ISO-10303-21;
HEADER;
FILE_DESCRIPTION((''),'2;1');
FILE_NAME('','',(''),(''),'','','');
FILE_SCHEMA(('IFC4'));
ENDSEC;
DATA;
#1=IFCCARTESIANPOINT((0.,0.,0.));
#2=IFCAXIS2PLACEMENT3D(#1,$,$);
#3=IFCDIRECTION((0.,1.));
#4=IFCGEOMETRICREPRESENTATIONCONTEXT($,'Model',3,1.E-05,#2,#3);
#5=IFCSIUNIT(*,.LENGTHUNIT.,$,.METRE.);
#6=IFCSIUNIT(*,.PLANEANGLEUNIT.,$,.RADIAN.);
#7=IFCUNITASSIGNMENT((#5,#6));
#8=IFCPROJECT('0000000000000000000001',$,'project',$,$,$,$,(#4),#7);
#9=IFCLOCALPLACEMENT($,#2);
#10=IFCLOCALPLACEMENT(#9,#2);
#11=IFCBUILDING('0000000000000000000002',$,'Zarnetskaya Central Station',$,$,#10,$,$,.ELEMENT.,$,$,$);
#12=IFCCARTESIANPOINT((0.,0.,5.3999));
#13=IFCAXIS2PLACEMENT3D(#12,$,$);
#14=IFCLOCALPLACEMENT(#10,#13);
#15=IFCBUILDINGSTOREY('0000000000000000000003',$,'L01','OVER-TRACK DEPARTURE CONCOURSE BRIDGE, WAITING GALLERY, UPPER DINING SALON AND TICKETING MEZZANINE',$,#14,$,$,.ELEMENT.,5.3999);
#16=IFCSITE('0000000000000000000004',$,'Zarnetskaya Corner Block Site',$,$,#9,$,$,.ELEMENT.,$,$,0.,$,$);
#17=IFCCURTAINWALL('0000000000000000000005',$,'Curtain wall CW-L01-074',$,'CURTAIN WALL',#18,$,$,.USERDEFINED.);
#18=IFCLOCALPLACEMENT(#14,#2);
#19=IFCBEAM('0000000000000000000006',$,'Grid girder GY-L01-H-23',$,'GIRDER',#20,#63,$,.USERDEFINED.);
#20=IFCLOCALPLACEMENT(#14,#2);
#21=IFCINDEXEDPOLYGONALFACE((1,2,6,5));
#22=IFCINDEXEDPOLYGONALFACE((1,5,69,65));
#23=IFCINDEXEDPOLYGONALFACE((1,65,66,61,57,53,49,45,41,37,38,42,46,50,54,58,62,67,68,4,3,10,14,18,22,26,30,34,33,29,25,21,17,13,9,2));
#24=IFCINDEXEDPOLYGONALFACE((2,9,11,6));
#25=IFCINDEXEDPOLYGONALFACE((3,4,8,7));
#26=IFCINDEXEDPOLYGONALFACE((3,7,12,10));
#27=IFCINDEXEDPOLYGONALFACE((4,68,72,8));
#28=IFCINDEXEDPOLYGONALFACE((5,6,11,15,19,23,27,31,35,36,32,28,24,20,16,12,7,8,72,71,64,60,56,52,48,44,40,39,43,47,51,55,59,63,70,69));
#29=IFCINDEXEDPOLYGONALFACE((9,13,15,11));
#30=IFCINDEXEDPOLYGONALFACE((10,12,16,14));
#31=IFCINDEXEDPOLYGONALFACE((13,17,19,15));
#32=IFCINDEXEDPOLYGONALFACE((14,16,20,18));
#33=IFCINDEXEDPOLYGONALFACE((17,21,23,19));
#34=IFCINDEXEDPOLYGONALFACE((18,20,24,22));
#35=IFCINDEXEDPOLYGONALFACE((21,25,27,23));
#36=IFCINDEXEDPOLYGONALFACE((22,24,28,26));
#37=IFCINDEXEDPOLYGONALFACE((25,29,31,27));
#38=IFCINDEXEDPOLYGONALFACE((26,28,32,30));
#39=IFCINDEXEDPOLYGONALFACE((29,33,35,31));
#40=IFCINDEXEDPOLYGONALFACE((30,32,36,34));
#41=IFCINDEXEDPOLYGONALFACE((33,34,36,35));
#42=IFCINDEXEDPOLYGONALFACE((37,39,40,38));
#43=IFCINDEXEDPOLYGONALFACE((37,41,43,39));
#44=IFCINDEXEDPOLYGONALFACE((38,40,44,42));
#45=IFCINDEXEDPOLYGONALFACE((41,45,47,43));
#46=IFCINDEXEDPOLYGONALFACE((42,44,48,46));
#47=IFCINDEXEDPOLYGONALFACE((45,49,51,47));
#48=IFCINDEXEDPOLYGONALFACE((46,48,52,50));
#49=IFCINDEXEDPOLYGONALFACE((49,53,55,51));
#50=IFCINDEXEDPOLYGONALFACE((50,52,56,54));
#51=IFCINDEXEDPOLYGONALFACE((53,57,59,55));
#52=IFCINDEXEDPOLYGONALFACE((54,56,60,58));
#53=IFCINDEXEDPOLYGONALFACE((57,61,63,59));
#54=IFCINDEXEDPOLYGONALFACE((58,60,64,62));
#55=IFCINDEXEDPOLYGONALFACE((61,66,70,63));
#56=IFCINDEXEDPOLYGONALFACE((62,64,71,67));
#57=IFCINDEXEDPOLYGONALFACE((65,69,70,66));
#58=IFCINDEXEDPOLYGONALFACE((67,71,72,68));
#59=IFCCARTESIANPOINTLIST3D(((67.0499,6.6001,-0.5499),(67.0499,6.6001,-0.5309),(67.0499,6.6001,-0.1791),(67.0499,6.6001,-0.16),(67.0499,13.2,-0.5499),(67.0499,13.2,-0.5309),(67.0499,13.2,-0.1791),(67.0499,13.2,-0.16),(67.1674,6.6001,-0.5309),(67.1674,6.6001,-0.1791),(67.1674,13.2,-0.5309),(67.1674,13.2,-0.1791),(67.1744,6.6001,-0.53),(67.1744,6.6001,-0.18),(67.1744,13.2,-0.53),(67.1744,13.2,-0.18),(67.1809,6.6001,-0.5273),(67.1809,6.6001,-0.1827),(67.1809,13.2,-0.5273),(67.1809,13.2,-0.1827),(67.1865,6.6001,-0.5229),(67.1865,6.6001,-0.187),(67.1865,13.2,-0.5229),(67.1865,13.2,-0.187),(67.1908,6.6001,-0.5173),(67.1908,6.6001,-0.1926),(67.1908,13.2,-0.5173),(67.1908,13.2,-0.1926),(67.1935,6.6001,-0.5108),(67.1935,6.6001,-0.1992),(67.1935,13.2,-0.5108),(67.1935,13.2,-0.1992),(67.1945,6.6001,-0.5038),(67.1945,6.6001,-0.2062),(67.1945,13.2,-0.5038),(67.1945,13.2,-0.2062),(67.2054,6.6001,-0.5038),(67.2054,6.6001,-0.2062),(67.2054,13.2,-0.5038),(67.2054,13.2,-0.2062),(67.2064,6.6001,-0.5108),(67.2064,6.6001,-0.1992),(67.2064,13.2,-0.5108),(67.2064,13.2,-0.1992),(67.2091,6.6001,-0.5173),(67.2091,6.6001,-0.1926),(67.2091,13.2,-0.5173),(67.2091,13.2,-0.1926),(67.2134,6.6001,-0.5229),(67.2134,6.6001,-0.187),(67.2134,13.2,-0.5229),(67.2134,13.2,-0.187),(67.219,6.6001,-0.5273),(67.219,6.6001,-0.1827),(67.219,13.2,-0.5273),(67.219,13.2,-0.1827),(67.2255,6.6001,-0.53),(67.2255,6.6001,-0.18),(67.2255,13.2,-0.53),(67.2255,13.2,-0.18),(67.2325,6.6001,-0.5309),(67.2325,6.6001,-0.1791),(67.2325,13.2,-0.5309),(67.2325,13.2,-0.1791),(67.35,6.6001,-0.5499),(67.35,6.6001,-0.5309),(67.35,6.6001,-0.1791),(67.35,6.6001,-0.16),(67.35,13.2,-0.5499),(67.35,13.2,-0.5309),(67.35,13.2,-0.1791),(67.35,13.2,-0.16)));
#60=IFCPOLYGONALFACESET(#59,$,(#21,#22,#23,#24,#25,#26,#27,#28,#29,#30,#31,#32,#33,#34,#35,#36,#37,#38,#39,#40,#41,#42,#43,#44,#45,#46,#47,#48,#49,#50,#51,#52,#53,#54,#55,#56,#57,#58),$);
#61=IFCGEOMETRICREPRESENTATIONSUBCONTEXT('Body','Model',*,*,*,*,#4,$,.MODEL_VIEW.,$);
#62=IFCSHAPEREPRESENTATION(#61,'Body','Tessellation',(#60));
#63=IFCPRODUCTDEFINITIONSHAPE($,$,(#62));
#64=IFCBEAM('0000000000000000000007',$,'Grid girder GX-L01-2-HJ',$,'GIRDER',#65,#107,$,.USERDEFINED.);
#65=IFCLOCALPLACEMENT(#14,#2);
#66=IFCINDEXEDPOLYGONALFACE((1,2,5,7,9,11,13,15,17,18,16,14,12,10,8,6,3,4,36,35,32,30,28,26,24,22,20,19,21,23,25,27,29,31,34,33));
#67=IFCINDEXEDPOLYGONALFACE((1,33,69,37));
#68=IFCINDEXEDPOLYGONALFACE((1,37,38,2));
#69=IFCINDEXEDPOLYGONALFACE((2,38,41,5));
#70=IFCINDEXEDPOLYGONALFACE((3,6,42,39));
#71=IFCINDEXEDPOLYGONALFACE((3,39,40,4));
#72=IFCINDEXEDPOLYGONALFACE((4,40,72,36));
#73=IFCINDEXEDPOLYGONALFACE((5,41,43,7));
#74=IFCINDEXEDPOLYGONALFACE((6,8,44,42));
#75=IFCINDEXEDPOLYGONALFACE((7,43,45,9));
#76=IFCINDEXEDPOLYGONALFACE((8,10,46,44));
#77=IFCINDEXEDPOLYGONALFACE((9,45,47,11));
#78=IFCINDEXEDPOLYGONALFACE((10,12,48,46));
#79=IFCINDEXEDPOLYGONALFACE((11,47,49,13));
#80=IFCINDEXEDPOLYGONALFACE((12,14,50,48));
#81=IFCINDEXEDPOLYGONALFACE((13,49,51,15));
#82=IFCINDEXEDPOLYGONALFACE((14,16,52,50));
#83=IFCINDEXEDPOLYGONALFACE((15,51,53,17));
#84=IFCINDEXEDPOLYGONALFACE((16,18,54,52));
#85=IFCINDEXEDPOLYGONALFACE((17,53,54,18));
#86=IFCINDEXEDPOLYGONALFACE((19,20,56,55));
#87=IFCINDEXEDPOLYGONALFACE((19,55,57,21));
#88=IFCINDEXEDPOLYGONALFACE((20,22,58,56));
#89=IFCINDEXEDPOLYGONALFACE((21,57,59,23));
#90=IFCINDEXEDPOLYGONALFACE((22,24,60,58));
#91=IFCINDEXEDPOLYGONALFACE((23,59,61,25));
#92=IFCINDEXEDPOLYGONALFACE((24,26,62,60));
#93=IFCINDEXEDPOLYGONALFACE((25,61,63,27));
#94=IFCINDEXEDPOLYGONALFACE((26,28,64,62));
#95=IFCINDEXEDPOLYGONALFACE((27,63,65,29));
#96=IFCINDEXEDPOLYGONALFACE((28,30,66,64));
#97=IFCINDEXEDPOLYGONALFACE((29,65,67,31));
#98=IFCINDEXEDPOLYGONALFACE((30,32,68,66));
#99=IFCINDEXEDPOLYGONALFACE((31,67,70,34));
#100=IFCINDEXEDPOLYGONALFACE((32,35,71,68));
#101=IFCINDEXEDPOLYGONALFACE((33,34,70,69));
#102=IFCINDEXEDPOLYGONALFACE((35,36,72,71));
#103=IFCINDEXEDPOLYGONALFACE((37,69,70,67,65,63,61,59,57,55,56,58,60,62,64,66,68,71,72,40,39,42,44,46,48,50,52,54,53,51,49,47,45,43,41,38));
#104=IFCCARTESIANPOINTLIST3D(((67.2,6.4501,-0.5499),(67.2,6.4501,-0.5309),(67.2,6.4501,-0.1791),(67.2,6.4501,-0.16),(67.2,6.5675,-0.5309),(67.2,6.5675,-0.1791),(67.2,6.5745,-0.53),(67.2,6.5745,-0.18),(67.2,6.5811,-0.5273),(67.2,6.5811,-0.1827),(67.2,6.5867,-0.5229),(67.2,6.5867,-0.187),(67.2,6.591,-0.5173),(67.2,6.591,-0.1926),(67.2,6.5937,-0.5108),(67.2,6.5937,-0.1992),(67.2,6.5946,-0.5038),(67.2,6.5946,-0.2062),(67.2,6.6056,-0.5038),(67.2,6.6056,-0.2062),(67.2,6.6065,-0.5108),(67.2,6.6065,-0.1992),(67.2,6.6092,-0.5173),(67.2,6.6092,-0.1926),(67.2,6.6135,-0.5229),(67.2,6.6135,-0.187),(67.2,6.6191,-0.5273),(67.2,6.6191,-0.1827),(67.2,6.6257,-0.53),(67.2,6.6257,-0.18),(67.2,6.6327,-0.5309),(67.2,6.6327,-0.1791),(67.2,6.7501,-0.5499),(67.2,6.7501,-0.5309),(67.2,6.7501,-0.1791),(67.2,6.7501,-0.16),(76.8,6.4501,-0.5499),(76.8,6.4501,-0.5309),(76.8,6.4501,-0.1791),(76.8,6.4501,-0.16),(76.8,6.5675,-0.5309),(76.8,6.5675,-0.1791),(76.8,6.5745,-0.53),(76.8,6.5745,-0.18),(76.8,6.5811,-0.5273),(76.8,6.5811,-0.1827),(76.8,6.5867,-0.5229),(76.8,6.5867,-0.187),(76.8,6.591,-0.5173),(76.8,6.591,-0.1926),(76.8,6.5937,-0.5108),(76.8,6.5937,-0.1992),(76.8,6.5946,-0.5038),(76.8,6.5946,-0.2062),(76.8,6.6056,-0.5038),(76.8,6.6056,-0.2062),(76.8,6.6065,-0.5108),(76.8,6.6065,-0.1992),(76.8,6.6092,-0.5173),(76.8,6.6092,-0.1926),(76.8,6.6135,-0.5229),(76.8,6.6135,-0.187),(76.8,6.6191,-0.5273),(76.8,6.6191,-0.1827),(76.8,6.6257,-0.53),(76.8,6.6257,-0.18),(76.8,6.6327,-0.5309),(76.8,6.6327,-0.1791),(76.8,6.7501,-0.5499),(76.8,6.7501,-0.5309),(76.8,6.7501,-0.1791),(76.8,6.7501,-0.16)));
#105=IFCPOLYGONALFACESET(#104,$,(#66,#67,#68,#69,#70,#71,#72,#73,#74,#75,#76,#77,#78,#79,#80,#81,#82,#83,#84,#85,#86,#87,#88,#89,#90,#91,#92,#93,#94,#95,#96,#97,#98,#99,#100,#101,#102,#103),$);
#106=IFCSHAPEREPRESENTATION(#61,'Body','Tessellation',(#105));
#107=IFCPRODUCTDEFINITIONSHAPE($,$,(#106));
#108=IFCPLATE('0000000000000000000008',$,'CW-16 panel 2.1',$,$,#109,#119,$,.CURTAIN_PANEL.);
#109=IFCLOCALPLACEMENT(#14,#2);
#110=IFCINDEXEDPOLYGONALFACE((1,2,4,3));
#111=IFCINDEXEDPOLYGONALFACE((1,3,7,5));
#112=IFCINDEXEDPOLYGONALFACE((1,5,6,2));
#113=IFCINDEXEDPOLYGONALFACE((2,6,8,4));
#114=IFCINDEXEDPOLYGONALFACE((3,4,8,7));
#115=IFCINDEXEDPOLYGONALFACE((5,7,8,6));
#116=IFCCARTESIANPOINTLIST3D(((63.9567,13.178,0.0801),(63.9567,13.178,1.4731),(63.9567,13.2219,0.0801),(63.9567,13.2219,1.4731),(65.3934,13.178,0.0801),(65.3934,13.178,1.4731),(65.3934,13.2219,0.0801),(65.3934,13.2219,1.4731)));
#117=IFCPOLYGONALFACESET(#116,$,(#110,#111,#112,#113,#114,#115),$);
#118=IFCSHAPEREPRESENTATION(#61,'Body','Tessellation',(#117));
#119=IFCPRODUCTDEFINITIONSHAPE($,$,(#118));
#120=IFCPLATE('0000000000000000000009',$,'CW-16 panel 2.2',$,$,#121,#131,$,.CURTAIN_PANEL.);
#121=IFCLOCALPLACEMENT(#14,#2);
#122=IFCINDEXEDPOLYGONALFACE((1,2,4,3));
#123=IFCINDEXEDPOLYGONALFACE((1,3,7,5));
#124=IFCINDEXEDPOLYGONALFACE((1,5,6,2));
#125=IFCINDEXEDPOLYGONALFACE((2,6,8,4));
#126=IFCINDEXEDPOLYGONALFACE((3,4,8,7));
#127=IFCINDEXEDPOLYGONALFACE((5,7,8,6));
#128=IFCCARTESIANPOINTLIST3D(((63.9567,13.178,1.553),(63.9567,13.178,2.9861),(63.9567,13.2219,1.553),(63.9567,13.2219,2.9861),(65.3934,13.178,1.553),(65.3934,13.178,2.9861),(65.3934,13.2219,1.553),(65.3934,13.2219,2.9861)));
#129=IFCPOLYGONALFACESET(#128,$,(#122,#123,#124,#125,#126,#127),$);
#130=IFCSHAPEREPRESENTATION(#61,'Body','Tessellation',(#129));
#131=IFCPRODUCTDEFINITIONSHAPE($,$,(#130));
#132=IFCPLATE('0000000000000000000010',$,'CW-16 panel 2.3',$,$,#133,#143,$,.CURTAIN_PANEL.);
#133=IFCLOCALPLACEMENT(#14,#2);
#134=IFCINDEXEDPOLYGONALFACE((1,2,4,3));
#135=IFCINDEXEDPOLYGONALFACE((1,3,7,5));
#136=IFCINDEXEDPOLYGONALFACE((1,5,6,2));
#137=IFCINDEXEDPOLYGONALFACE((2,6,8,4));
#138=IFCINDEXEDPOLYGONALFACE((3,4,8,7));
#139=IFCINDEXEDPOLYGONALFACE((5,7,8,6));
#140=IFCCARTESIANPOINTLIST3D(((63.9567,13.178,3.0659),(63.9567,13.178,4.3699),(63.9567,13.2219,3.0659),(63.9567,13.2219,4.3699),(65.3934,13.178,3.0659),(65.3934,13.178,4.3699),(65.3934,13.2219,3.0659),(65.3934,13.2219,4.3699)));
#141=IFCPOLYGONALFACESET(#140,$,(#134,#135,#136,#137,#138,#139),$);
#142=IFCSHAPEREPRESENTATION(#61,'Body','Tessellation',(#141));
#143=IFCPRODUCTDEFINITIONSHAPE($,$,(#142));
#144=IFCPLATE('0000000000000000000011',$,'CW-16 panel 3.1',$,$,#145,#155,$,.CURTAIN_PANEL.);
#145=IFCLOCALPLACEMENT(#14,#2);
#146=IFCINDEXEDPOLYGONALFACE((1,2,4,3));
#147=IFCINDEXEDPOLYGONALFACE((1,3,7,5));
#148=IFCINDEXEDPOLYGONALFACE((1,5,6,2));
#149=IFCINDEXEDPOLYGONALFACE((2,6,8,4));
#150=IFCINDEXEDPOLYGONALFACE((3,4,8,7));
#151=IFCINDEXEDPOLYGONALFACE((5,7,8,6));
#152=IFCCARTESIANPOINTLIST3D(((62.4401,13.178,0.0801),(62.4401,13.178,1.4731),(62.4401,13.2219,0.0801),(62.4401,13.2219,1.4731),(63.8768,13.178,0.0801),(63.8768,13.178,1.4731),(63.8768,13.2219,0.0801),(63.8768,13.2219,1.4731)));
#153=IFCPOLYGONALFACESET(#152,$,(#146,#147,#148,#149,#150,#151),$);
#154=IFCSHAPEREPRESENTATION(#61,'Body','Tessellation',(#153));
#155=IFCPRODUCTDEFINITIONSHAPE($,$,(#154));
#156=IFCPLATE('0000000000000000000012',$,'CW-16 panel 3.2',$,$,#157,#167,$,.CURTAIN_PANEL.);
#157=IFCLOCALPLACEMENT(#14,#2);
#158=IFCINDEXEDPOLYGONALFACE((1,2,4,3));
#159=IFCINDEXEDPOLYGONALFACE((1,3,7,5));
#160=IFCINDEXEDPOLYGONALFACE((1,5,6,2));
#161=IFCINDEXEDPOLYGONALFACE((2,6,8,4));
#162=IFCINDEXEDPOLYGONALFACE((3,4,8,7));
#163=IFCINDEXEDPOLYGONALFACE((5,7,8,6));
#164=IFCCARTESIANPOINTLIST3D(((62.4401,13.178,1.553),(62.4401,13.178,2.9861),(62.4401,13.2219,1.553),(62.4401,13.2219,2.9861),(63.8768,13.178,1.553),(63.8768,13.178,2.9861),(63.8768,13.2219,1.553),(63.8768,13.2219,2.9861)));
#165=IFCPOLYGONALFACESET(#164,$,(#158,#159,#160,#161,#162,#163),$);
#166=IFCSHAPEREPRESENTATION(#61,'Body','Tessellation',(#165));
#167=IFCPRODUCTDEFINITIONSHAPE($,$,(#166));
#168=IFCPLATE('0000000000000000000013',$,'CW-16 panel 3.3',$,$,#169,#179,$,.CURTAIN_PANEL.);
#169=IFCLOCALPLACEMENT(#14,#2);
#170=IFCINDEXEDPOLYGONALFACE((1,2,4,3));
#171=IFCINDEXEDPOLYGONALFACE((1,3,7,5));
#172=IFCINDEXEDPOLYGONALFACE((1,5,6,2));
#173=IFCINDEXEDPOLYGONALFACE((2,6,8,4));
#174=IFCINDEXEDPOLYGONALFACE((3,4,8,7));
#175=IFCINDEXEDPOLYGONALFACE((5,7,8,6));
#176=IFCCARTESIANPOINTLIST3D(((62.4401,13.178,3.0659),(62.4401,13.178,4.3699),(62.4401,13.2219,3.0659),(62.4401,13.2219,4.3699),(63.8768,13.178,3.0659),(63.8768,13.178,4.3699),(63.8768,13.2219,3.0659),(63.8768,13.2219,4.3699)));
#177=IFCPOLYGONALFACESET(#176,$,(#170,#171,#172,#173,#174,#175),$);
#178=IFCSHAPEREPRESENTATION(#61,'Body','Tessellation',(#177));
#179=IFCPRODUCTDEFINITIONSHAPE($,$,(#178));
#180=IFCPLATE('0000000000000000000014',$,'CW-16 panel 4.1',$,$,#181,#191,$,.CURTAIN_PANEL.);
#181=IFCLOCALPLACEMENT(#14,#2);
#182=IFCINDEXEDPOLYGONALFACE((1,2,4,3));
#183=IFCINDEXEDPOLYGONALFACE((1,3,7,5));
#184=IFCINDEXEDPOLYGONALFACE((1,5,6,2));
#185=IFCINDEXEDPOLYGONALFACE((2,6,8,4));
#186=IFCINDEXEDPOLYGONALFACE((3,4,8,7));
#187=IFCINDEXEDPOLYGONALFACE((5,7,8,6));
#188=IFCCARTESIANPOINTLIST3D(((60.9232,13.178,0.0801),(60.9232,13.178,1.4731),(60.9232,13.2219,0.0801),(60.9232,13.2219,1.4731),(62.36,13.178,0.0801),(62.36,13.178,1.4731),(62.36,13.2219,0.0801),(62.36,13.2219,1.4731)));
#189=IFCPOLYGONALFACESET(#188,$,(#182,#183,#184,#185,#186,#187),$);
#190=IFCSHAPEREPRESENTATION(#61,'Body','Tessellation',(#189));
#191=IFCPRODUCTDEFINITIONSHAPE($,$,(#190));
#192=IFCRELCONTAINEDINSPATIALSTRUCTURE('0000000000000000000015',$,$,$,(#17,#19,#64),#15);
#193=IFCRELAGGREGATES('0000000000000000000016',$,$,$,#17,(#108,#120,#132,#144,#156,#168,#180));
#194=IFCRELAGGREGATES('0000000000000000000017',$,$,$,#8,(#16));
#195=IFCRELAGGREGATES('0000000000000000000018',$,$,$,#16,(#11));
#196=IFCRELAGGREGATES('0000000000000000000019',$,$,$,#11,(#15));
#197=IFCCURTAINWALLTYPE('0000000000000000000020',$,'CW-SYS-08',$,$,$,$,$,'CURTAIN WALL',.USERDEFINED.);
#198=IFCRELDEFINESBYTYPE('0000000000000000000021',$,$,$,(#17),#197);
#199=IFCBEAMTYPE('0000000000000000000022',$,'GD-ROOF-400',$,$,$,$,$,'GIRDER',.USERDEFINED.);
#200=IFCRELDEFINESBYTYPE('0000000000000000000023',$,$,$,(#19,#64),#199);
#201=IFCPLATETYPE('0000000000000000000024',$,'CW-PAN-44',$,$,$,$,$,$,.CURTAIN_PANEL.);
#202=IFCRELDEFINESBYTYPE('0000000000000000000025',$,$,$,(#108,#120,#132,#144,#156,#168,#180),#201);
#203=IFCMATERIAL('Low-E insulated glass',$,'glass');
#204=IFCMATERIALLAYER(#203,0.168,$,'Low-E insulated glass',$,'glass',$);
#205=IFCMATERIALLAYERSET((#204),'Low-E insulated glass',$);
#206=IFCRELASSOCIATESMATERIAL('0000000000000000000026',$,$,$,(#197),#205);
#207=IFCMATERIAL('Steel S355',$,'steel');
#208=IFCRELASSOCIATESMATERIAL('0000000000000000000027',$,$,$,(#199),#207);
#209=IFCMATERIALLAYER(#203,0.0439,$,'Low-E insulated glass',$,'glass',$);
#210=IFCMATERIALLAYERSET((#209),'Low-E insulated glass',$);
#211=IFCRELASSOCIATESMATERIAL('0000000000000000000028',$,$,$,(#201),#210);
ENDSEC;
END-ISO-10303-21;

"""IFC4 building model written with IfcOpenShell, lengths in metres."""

from ifc_helpers import new_model, si_unit, direction, frame, origin, origin_2d, place, context, subcontext, project, spatial, rectangle, i_section, extrude, material, layer, layer_set, material_profile, profile_set, type_object, element, aggregate, save


model = new_model("IFC4")

# Units and contexts
model_context = context("Model", 3, precision=1e-05, world=origin(), true_north=direction((0.0, 1.0)))
body_context = subcontext(model_context, "Body", "Model", "MODEL_VIEW")
ifc_project = project(units=[si_unit("LENGTHUNIT", "METRE"), si_unit("PLANEANGLEUNIT", "RADIAN")], contexts=[model_context])

# Site, building, storey
site_placement = place(None, origin())
site = spatial("IfcSite", under=ifc_project, at=site_placement, Name="Zarnetskaya Corner Block Site", CompositionType="ELEMENT", RefElevation=0.0)
building_placement = place(site_placement, origin())
building = spatial("IfcBuilding", under=site, at=building_placement, Name="Zarnetskaya Central Station", CompositionType="ELEMENT")
storey_placement = place(building_placement, frame((0.0, 0.0, 5.3999)))
storey = spatial("IfcBuildingStorey", under=building, at=storey_placement, Name="L01", Description="OVER-TRACK DEPARTURE CONCOURSE BRIDGE, WAITING GALLERY, UPPER DINING SALON AND TICKETING MEZZANINE", CompositionType="ELEMENT", Elevation=5.3999)

# Shared definitions
ifc_material_1 = material(Name="Steel S355", Category="steel")

# Curtain wall
ifc_material_2 = material(Name="Low-E insulated glass", Category="glass")
ifc_layer_1 = layer(ifc_material_2, 0.168, Name="Low-E insulated glass", Category="glass")
ifc_layer_set_1 = layer_set([ifc_layer_1], Name="Low-E insulated glass")
curtain_wall_type = type_object("IfcCurtainWallType", Name="CW-SYS-08", ElementType="CURTAIN WALL", PredefinedType="USERDEFINED", material=ifc_layer_set_1)
curtain_wall_placement = place(storey_placement, origin())
curtain_wall = element("IfcCurtainWall", 1, at=curtain_wall_placement, inside=storey, type_object=curtain_wall_type, Name="Curtain wall CW-L01-074", ObjectType="CURTAIN WALL", PredefinedType="USERDEFINED")

# Beams
ifc_material_profile_1 = material_profile(ifc_material_1, i_section(OverallWidth=0.3, OverallDepth=0.3899, WebThickness=0.011, FlangeThickness=0.019, FilletRadius=0.0271, at=origin_2d()), Name="HEA 400")
ifc_profile_set_1 = profile_set([ifc_material_profile_1], Name="Steel S355")
beam_type_1 = type_object("IfcBeamType", Name="GD-ROOF-400", ElementType="GIRDER", PredefinedType="USERDEFINED", material=ifc_profile_set_1)
beam_1_placement = place(storey_placement, frame((67.2, 6.6001, -0.355), z_axis=(0.0, 1.0, 0.0), x_axis=(-1.0, 0.0, 0.0)))
element("IfcBeam", 2, at=beam_1_placement, inside=storey, type_object=beam_type_1, Name="Grid girder GY-L01-H-23", ObjectType="GIRDER", PredefinedType="USERDEFINED", context=body_context, shape_type="SweptSolid", body=[
    extrude(i_section(OverallWidth=0.3, OverallDepth=0.3899, WebThickness=0.011, FlangeThickness=0.019, FilletRadius=0.0271, at=origin_2d()), origin(), (0.0, 0.0, 1.0), 6.5999),
])
beam_2_placement = place(storey_placement, frame((67.2, 6.6001, -0.355), z_axis=(1.0, 0.0, 0.0), x_axis=(0.0, 1.0, 0.0)))
element("IfcBeam", 3, at=beam_2_placement, inside=storey, type_object=beam_type_1, Name="Grid girder GX-L01-2-HJ", ObjectType="GIRDER", PredefinedType="USERDEFINED", context=body_context, shape_type="SweptSolid", body=[
    extrude(i_section(OverallWidth=0.3, OverallDepth=0.3899, WebThickness=0.011, FlangeThickness=0.019, FilletRadius=0.0271, at=origin_2d()), origin(), (0.0, 0.0, 1.0), 9.6001),
])

# Plates
ifc_layer_2 = layer(ifc_material_2, 0.0439, Name="Low-E insulated glass", Category="glass")
ifc_layer_set_2 = layer_set([ifc_layer_2], Name="Low-E insulated glass")
plate_type_1 = type_object("IfcPlateType", Name="CW-PAN-44", PredefinedType="CURTAIN_PANEL", material=ifc_layer_set_2)
plate_1_placement = place(storey_placement, frame((64.675, 13.2, 0.0801), z_axis=(0.0, 0.0, 1.0), x_axis=(-1.0, 0.0, 0.0)))
plate_1 = element("IfcPlate", 4, at=plate_1_placement, type_object=plate_type_1, Name="CW-16 panel 2.1", PredefinedType="CURTAIN_PANEL", context=body_context, shape_type="SweptSolid", body=[
    extrude(rectangle(XDim=1.4368, YDim=0.0439, at=origin_2d()), origin(), (0.0, 0.0, 1.0), 1.3931),
])
plate_2_placement = place(storey_placement, frame((64.675, 13.2, 1.553), z_axis=(0.0, 0.0, 1.0), x_axis=(-1.0, 0.0, 0.0)))
plate_2 = element("IfcPlate", 5, at=plate_2_placement, type_object=plate_type_1, Name="CW-16 panel 2.2", PredefinedType="CURTAIN_PANEL", context=body_context, shape_type="SweptSolid", body=[
    extrude(rectangle(XDim=1.4368, YDim=0.0439, at=origin_2d()), origin(), (0.0, 0.0, 1.0), 1.4331),
])
plate_3_placement = place(storey_placement, frame((64.675, 13.2, 3.0659), z_axis=(0.0, 0.0, 1.0), x_axis=(-1.0, 0.0, 0.0)))
plate_3 = element("IfcPlate", 6, at=plate_3_placement, type_object=plate_type_1, Name="CW-16 panel 2.3", PredefinedType="CURTAIN_PANEL", context=body_context, shape_type="SweptSolid", body=[
    extrude(rectangle(XDim=1.4368, YDim=0.0439, at=origin_2d()), origin(), (0.0, 0.0, 1.0), 1.304),
])
plate_4_placement = place(storey_placement, frame((63.1584, 13.2, 0.0801), z_axis=(0.0, 0.0, 1.0), x_axis=(-1.0, 0.0, 0.0)))
plate_4 = element("IfcPlate", 7, at=plate_4_placement, type_object=plate_type_1, Name="CW-16 panel 3.1", PredefinedType="CURTAIN_PANEL", context=body_context, shape_type="SweptSolid", body=[
    extrude(rectangle(XDim=1.4368, YDim=0.0439, at=origin_2d()), origin(), (0.0, 0.0, 1.0), 1.3931),
])
plate_5_placement = place(storey_placement, frame((63.1584, 13.2, 1.553), z_axis=(0.0, 0.0, 1.0), x_axis=(-1.0, 0.0, 0.0)))
plate_5 = element("IfcPlate", 8, at=plate_5_placement, type_object=plate_type_1, Name="CW-16 panel 3.2", PredefinedType="CURTAIN_PANEL", context=body_context, shape_type="SweptSolid", body=[
    extrude(rectangle(XDim=1.4368, YDim=0.0439, at=origin_2d()), origin(), (0.0, 0.0, 1.0), 1.4331),
])
plate_6_placement = place(storey_placement, frame((63.1584, 13.2, 3.0659), z_axis=(0.0, 0.0, 1.0), x_axis=(-1.0, 0.0, 0.0)))
plate_6 = element("IfcPlate", 9, at=plate_6_placement, type_object=plate_type_1, Name="CW-16 panel 3.3", PredefinedType="CURTAIN_PANEL", context=body_context, shape_type="SweptSolid", body=[
    extrude(rectangle(XDim=1.4368, YDim=0.0439, at=origin_2d()), origin(), (0.0, 0.0, 1.0), 1.304),
])
plate_7_placement = place(storey_placement, frame((61.6416, 13.2, 0.0801), z_axis=(0.0, 0.0, 1.0), x_axis=(-1.0, 0.0, 0.0)))
plate_7 = element("IfcPlate", 10, at=plate_7_placement, type_object=plate_type_1, Name="CW-16 panel 4.1", PredefinedType="CURTAIN_PANEL", context=body_context, shape_type="SweptSolid", body=[
    extrude(rectangle(XDim=1.4368, YDim=0.0439, at=origin_2d()), origin(), (0.0, 0.0, 1.0), 1.3931),
])
aggregate(curtain_wall, [plate_1, plate_2, plate_3, plate_4, plate_5, plate_6, plate_7])

save(model, "model.ifc")
